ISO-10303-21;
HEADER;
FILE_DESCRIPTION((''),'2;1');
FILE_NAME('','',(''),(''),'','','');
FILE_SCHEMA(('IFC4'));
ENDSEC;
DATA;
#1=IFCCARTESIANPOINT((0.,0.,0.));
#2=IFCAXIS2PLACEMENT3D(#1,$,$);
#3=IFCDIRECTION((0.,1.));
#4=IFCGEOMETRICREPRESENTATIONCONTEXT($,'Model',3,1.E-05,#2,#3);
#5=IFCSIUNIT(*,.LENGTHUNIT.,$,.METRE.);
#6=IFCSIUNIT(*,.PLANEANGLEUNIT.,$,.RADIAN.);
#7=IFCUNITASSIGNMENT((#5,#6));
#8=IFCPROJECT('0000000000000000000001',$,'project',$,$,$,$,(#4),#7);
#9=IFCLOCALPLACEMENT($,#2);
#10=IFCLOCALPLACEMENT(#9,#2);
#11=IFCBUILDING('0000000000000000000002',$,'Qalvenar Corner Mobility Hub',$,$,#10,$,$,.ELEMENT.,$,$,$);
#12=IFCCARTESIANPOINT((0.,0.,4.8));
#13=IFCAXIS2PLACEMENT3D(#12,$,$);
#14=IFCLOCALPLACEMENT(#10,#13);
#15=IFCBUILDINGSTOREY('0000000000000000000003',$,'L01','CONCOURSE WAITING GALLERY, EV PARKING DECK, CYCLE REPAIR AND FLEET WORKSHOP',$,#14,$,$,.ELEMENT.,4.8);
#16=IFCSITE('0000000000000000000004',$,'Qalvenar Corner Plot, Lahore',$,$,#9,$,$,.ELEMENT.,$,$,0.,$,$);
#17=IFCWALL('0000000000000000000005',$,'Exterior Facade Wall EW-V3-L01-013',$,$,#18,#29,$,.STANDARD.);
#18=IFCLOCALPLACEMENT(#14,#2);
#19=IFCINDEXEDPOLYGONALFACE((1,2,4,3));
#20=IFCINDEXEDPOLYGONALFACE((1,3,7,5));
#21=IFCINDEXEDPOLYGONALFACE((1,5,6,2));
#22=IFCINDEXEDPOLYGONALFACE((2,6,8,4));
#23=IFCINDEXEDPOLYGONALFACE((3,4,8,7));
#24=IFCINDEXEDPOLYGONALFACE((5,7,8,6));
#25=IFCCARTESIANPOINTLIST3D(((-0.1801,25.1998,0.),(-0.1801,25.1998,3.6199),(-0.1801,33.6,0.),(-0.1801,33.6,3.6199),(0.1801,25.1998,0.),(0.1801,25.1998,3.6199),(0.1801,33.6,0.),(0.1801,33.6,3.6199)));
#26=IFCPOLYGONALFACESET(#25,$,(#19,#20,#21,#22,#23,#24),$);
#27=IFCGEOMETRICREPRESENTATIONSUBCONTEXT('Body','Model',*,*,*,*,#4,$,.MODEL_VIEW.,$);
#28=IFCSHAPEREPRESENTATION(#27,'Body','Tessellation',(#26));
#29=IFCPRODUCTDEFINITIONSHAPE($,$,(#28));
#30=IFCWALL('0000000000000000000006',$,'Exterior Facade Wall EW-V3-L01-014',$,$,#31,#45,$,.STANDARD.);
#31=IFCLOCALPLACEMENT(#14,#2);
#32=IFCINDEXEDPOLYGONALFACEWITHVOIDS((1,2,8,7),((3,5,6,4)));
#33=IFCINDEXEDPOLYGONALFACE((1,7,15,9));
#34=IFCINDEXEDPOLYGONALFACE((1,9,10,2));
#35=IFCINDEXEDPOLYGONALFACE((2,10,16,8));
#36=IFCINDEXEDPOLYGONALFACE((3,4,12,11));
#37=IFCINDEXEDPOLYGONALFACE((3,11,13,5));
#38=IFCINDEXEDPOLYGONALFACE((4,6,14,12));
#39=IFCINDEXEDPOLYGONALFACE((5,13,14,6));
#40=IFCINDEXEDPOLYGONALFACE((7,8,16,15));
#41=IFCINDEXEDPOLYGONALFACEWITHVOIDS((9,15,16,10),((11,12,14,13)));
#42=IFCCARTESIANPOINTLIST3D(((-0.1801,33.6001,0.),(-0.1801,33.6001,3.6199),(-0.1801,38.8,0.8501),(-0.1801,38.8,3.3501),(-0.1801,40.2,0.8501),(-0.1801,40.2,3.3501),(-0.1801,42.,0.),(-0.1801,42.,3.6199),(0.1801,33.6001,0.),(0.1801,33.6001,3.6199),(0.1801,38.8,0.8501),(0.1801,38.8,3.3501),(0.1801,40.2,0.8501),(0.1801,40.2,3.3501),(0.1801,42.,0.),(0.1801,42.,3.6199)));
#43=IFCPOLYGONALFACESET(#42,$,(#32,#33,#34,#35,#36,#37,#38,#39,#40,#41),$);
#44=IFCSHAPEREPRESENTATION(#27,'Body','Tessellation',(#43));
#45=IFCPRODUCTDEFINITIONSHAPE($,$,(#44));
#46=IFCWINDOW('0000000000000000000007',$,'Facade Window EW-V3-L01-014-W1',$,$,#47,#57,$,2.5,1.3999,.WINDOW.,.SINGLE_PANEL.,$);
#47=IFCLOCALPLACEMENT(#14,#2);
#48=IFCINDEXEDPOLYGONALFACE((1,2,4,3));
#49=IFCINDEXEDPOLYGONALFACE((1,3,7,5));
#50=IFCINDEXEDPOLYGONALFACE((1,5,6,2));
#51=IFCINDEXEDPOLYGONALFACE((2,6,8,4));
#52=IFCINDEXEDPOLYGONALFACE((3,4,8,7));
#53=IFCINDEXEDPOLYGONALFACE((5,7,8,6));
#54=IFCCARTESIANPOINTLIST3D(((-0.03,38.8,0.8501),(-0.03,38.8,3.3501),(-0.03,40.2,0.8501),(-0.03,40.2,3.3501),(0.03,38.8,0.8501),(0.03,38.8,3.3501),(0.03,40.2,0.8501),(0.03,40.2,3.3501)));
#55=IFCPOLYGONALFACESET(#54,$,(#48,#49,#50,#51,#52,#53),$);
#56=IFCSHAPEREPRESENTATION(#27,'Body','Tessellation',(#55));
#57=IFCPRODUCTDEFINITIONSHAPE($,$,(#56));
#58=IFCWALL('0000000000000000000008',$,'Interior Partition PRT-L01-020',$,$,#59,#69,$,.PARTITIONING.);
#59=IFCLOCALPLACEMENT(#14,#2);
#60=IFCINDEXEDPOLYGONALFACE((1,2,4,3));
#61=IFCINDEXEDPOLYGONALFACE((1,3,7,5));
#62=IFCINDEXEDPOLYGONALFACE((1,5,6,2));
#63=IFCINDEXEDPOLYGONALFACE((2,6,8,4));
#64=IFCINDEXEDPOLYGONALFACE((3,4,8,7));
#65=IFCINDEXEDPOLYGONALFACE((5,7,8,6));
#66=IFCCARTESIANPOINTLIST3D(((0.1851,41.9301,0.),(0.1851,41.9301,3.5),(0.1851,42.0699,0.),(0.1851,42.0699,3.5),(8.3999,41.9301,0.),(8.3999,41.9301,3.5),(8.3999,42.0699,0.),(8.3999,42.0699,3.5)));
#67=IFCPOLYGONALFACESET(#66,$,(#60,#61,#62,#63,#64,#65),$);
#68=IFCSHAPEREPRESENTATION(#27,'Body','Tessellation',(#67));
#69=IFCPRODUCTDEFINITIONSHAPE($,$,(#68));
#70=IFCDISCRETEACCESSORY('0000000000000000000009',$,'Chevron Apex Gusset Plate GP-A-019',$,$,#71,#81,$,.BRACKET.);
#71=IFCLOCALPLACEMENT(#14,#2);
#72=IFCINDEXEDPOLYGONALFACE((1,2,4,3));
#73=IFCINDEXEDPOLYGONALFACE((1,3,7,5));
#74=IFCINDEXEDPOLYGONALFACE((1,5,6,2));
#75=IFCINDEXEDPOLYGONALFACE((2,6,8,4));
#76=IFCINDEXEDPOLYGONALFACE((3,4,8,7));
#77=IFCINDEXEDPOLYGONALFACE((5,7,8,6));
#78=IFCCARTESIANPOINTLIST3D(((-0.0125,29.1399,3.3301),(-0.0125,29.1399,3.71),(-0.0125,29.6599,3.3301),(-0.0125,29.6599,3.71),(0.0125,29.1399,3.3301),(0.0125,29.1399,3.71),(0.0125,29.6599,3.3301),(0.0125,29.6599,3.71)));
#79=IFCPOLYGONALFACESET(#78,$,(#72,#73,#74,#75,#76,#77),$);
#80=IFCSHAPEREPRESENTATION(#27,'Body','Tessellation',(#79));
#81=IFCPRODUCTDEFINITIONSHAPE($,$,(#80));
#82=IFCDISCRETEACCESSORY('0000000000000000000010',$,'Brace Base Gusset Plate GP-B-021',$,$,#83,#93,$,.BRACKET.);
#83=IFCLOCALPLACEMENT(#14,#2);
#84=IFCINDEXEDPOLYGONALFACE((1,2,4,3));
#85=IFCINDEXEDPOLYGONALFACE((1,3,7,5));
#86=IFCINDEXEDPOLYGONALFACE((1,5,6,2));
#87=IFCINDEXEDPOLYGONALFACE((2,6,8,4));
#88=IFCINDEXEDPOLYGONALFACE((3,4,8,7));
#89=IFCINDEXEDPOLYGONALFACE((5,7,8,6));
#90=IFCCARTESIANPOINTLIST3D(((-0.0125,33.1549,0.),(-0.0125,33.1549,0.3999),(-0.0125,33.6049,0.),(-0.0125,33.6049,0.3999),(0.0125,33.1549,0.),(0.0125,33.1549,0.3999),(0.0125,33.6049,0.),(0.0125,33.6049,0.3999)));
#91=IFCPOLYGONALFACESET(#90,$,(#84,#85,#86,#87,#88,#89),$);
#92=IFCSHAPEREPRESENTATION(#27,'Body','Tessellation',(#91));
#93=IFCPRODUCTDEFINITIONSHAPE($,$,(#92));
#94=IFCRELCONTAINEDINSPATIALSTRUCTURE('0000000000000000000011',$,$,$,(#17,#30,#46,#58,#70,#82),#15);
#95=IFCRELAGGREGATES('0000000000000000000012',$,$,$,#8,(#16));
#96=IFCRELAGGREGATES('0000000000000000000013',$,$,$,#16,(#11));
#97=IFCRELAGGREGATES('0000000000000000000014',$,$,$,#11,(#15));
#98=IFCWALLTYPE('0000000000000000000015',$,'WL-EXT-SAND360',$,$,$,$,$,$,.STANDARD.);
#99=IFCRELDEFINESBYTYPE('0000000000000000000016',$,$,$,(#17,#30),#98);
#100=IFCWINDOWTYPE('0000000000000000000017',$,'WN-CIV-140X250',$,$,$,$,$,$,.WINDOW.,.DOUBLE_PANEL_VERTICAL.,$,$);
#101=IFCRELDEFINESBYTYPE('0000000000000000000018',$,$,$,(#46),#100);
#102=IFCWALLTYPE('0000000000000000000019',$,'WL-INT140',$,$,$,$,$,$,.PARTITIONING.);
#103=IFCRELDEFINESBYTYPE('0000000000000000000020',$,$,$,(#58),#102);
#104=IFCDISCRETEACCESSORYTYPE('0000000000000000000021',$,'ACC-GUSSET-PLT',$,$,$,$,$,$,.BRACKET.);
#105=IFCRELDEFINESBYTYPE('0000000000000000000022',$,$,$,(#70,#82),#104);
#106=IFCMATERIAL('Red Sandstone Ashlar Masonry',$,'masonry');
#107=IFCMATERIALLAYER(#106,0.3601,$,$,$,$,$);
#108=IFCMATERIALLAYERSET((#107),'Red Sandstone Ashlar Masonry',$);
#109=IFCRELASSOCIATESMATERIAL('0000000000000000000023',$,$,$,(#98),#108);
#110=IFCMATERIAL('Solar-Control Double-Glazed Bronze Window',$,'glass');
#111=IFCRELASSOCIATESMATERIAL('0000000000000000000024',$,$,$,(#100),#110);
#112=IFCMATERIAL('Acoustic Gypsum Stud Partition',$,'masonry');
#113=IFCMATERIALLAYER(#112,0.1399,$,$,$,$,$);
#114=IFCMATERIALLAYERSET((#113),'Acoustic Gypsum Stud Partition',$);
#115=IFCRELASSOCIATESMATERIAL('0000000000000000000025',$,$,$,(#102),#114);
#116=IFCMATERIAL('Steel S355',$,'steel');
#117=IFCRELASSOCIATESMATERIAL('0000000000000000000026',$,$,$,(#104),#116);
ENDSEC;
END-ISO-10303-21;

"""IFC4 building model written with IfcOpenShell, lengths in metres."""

from ifc_helpers import new_model, si_unit, direction, frame, frame_2d, origin, origin_2d, place, context, subcontext, project, spatial, rectangle, extrude, material, layer, layer_set, type_object, element, fill, save


model = new_model("IFC4")

# Units and contexts
model_context = context("Model", 3, precision=1e-05, world=origin(), true_north=direction((0.0, 1.0)))
body_context = subcontext(model_context, "Body", "Model", "MODEL_VIEW")
ifc_project = project(units=[si_unit("LENGTHUNIT", "METRE"), si_unit("PLANEANGLEUNIT", "RADIAN")], contexts=[model_context])

# Site, building, storey
site_placement = place(None, origin())
site = spatial("IfcSite", under=ifc_project, at=site_placement, Name="Qalvenar Corner Plot, Lahore", CompositionType="ELEMENT", RefElevation=0.0)
building_placement = place(site_placement, origin())
building = spatial("IfcBuilding", under=site, at=building_placement, Name="Qalvenar Corner Mobility Hub", CompositionType="ELEMENT")
storey_placement = place(building_placement, frame((0.0, 0.0, 4.8)))
storey = spatial("IfcBuildingStorey", under=building, at=storey_placement, Name="L01", Description="CONCOURSE WAITING GALLERY, EV PARKING DECK, CYCLE REPAIR AND FLEET WORKSHOP", CompositionType="ELEMENT", Elevation=4.8)

# Shared definitions
ifc_material_1 = material(Name="Steel S355", Category="steel")

# Wall
ifc_material_2 = material(Name="Red Sandstone Ashlar Masonry", Category="masonry")
ifc_layer_1 = layer(ifc_material_2, 0.3601)
ifc_layer_set_1 = layer_set([ifc_layer_1], Name="Red Sandstone Ashlar Masonry")
wall_type_1 = type_object("IfcWallType", Name="WL-EXT-SAND360", PredefinedType="STANDARD", material=ifc_layer_set_1)
wall_1_placement = place(storey_placement, frame((0.0, 33.6001, 0.0), z_axis=(0.0, 0.0, 1.0), x_axis=(0.0, -1.0, 0.0)))
element("IfcWall", 1, at=wall_1_placement, inside=storey, type_object=wall_type_1, Name="Exterior Facade Wall EW-V3-L01-013", PredefinedType="STANDARD", context=body_context, shape_type="SweptSolid", body=[
    extrude(rectangle(XDim=8.4001, YDim=0.3601, at=frame_2d((4.2002, 0.0))), origin(), (0.0, 0.0, 1.0), 3.6199),
])

# Wall, opening, window
wall_2_placement = place(storey_placement, frame((0.0, 42.0, 0.0), z_axis=(0.0, 0.0, 1.0), x_axis=(0.0, -1.0, 0.0)))
wall_2 = element("IfcWall", 2, at=wall_2_placement, inside=storey, type_object=wall_type_1, Name="Exterior Facade Wall EW-V3-L01-014", PredefinedType="STANDARD", context=body_context, shape_type="SweptSolid", body=[
    extrude(rectangle(XDim=8.3999, YDim=0.3601, at=frame_2d((4.2, 0.0))), origin(), (0.0, 0.0, 1.0), 3.6199),
])
opening_placement = place(wall_2_placement, frame((1.8, 0.0, 0.8501)))
opening = element("IfcOpeningElement", 3, at=opening_placement, cuts=wall_2, PredefinedType="OPENING", context=body_context, shape_type="SweptSolid", body=[
    extrude(rectangle(XDim=1.3999, YDim=2.5, at=frame_2d((0.7, 1.25))), frame((0.0, 0.1899, 0.0), z_axis=(0.0, -1.0, 0.0), x_axis=(1.0, 0.0, 0.0)), (0.0, 0.0, 1.0), 0.3801),
])
ifc_material_3 = material(Name="Solar-Control Double-Glazed Bronze Window", Category="glass")
window_type = type_object("IfcWindowType", Name="WN-CIV-140X250", PartitioningType="DOUBLE_PANEL_VERTICAL", PredefinedType="WINDOW", material=ifc_material_3)
window_placement = place(opening_placement, origin())
window = element("IfcWindow", 4, at=window_placement, inside=storey, type_object=window_type, Name="Facade Window EW-V3-L01-014-W1", OverallHeight=2.5, OverallWidth=1.3999, PartitioningType="SINGLE_PANEL", PredefinedType="WINDOW", context=body_context, shape_type="SweptSolid", body=[
    extrude(rectangle(XDim=1.3999, YDim=2.5, at=frame_2d((0.7, 1.25))), frame((0.0, 0.03, 0.0), z_axis=(0.0, -1.0, 0.0), x_axis=(1.0, 0.0, 0.0)), (0.0, 0.0, 1.0), 0.0601),
])
fill(opening, window)

# Wall
ifc_material_4 = material(Name="Acoustic Gypsum Stud Partition", Category="masonry")
ifc_layer_2 = layer(ifc_material_4, 0.1399)
ifc_layer_set_2 = layer_set([ifc_layer_2], Name="Acoustic Gypsum Stud Partition")
wall_type_2 = type_object("IfcWallType", Name="WL-INT140", PredefinedType="PARTITIONING", material=ifc_layer_set_2)
wall_3_placement = place(storey_placement, frame((0.1851, 42.0, 0.0), z_axis=(0.0, 0.0, 1.0), x_axis=(1.0, 0.0, 0.0)))
element("IfcWall", 5, at=wall_3_placement, inside=storey, type_object=wall_type_2, Name="Interior Partition PRT-L01-020", PredefinedType="PARTITIONING", context=body_context, shape_type="SweptSolid", body=[
    extrude(rectangle(XDim=8.2148, YDim=0.1399, at=frame_2d((4.1074, 0.0))), origin(), (0.0, 0.0, 1.0), 3.5),
])

# Discrete accessories
discrete_accessory_type = type_object("IfcDiscreteAccessoryType", Name="ACC-GUSSET-PLT", PredefinedType="BRACKET", material=ifc_material_1)
discrete_accessory_1_placement = place(storey_placement, frame((0.0, 29.3999, 3.3301), z_axis=(0.0, 0.0, 1.0), x_axis=(0.0, 1.0, 0.0)))
element("IfcDiscreteAccessory", 6, at=discrete_accessory_1_placement, inside=storey, type_object=discrete_accessory_type, Name="Chevron Apex Gusset Plate GP-A-019", PredefinedType="BRACKET", context=body_context, shape_type="SweptSolid", body=[
    extrude(rectangle(XDim=0.52, YDim=0.0249, at=origin_2d()), origin(), (0.0, 0.0, 1.0), 0.3799),
])
discrete_accessory_2_placement = place(storey_placement, frame((0.0, 33.3799, 0.0), z_axis=(0.0, 0.0, 1.0), x_axis=(0.0, 1.0, 0.0)))
element("IfcDiscreteAccessory", 7, at=discrete_accessory_2_placement, inside=storey, type_object=discrete_accessory_type, Name="Brace Base Gusset Plate GP-B-021", PredefinedType="BRACKET", context=body_context, shape_type="SweptSolid", body=[
    extrude(rectangle(XDim=0.45, YDim=0.0249, at=origin_2d()), origin(), (0.0, 0.0, 1.0), 0.3999),
])

save(model, "model.ifc")
